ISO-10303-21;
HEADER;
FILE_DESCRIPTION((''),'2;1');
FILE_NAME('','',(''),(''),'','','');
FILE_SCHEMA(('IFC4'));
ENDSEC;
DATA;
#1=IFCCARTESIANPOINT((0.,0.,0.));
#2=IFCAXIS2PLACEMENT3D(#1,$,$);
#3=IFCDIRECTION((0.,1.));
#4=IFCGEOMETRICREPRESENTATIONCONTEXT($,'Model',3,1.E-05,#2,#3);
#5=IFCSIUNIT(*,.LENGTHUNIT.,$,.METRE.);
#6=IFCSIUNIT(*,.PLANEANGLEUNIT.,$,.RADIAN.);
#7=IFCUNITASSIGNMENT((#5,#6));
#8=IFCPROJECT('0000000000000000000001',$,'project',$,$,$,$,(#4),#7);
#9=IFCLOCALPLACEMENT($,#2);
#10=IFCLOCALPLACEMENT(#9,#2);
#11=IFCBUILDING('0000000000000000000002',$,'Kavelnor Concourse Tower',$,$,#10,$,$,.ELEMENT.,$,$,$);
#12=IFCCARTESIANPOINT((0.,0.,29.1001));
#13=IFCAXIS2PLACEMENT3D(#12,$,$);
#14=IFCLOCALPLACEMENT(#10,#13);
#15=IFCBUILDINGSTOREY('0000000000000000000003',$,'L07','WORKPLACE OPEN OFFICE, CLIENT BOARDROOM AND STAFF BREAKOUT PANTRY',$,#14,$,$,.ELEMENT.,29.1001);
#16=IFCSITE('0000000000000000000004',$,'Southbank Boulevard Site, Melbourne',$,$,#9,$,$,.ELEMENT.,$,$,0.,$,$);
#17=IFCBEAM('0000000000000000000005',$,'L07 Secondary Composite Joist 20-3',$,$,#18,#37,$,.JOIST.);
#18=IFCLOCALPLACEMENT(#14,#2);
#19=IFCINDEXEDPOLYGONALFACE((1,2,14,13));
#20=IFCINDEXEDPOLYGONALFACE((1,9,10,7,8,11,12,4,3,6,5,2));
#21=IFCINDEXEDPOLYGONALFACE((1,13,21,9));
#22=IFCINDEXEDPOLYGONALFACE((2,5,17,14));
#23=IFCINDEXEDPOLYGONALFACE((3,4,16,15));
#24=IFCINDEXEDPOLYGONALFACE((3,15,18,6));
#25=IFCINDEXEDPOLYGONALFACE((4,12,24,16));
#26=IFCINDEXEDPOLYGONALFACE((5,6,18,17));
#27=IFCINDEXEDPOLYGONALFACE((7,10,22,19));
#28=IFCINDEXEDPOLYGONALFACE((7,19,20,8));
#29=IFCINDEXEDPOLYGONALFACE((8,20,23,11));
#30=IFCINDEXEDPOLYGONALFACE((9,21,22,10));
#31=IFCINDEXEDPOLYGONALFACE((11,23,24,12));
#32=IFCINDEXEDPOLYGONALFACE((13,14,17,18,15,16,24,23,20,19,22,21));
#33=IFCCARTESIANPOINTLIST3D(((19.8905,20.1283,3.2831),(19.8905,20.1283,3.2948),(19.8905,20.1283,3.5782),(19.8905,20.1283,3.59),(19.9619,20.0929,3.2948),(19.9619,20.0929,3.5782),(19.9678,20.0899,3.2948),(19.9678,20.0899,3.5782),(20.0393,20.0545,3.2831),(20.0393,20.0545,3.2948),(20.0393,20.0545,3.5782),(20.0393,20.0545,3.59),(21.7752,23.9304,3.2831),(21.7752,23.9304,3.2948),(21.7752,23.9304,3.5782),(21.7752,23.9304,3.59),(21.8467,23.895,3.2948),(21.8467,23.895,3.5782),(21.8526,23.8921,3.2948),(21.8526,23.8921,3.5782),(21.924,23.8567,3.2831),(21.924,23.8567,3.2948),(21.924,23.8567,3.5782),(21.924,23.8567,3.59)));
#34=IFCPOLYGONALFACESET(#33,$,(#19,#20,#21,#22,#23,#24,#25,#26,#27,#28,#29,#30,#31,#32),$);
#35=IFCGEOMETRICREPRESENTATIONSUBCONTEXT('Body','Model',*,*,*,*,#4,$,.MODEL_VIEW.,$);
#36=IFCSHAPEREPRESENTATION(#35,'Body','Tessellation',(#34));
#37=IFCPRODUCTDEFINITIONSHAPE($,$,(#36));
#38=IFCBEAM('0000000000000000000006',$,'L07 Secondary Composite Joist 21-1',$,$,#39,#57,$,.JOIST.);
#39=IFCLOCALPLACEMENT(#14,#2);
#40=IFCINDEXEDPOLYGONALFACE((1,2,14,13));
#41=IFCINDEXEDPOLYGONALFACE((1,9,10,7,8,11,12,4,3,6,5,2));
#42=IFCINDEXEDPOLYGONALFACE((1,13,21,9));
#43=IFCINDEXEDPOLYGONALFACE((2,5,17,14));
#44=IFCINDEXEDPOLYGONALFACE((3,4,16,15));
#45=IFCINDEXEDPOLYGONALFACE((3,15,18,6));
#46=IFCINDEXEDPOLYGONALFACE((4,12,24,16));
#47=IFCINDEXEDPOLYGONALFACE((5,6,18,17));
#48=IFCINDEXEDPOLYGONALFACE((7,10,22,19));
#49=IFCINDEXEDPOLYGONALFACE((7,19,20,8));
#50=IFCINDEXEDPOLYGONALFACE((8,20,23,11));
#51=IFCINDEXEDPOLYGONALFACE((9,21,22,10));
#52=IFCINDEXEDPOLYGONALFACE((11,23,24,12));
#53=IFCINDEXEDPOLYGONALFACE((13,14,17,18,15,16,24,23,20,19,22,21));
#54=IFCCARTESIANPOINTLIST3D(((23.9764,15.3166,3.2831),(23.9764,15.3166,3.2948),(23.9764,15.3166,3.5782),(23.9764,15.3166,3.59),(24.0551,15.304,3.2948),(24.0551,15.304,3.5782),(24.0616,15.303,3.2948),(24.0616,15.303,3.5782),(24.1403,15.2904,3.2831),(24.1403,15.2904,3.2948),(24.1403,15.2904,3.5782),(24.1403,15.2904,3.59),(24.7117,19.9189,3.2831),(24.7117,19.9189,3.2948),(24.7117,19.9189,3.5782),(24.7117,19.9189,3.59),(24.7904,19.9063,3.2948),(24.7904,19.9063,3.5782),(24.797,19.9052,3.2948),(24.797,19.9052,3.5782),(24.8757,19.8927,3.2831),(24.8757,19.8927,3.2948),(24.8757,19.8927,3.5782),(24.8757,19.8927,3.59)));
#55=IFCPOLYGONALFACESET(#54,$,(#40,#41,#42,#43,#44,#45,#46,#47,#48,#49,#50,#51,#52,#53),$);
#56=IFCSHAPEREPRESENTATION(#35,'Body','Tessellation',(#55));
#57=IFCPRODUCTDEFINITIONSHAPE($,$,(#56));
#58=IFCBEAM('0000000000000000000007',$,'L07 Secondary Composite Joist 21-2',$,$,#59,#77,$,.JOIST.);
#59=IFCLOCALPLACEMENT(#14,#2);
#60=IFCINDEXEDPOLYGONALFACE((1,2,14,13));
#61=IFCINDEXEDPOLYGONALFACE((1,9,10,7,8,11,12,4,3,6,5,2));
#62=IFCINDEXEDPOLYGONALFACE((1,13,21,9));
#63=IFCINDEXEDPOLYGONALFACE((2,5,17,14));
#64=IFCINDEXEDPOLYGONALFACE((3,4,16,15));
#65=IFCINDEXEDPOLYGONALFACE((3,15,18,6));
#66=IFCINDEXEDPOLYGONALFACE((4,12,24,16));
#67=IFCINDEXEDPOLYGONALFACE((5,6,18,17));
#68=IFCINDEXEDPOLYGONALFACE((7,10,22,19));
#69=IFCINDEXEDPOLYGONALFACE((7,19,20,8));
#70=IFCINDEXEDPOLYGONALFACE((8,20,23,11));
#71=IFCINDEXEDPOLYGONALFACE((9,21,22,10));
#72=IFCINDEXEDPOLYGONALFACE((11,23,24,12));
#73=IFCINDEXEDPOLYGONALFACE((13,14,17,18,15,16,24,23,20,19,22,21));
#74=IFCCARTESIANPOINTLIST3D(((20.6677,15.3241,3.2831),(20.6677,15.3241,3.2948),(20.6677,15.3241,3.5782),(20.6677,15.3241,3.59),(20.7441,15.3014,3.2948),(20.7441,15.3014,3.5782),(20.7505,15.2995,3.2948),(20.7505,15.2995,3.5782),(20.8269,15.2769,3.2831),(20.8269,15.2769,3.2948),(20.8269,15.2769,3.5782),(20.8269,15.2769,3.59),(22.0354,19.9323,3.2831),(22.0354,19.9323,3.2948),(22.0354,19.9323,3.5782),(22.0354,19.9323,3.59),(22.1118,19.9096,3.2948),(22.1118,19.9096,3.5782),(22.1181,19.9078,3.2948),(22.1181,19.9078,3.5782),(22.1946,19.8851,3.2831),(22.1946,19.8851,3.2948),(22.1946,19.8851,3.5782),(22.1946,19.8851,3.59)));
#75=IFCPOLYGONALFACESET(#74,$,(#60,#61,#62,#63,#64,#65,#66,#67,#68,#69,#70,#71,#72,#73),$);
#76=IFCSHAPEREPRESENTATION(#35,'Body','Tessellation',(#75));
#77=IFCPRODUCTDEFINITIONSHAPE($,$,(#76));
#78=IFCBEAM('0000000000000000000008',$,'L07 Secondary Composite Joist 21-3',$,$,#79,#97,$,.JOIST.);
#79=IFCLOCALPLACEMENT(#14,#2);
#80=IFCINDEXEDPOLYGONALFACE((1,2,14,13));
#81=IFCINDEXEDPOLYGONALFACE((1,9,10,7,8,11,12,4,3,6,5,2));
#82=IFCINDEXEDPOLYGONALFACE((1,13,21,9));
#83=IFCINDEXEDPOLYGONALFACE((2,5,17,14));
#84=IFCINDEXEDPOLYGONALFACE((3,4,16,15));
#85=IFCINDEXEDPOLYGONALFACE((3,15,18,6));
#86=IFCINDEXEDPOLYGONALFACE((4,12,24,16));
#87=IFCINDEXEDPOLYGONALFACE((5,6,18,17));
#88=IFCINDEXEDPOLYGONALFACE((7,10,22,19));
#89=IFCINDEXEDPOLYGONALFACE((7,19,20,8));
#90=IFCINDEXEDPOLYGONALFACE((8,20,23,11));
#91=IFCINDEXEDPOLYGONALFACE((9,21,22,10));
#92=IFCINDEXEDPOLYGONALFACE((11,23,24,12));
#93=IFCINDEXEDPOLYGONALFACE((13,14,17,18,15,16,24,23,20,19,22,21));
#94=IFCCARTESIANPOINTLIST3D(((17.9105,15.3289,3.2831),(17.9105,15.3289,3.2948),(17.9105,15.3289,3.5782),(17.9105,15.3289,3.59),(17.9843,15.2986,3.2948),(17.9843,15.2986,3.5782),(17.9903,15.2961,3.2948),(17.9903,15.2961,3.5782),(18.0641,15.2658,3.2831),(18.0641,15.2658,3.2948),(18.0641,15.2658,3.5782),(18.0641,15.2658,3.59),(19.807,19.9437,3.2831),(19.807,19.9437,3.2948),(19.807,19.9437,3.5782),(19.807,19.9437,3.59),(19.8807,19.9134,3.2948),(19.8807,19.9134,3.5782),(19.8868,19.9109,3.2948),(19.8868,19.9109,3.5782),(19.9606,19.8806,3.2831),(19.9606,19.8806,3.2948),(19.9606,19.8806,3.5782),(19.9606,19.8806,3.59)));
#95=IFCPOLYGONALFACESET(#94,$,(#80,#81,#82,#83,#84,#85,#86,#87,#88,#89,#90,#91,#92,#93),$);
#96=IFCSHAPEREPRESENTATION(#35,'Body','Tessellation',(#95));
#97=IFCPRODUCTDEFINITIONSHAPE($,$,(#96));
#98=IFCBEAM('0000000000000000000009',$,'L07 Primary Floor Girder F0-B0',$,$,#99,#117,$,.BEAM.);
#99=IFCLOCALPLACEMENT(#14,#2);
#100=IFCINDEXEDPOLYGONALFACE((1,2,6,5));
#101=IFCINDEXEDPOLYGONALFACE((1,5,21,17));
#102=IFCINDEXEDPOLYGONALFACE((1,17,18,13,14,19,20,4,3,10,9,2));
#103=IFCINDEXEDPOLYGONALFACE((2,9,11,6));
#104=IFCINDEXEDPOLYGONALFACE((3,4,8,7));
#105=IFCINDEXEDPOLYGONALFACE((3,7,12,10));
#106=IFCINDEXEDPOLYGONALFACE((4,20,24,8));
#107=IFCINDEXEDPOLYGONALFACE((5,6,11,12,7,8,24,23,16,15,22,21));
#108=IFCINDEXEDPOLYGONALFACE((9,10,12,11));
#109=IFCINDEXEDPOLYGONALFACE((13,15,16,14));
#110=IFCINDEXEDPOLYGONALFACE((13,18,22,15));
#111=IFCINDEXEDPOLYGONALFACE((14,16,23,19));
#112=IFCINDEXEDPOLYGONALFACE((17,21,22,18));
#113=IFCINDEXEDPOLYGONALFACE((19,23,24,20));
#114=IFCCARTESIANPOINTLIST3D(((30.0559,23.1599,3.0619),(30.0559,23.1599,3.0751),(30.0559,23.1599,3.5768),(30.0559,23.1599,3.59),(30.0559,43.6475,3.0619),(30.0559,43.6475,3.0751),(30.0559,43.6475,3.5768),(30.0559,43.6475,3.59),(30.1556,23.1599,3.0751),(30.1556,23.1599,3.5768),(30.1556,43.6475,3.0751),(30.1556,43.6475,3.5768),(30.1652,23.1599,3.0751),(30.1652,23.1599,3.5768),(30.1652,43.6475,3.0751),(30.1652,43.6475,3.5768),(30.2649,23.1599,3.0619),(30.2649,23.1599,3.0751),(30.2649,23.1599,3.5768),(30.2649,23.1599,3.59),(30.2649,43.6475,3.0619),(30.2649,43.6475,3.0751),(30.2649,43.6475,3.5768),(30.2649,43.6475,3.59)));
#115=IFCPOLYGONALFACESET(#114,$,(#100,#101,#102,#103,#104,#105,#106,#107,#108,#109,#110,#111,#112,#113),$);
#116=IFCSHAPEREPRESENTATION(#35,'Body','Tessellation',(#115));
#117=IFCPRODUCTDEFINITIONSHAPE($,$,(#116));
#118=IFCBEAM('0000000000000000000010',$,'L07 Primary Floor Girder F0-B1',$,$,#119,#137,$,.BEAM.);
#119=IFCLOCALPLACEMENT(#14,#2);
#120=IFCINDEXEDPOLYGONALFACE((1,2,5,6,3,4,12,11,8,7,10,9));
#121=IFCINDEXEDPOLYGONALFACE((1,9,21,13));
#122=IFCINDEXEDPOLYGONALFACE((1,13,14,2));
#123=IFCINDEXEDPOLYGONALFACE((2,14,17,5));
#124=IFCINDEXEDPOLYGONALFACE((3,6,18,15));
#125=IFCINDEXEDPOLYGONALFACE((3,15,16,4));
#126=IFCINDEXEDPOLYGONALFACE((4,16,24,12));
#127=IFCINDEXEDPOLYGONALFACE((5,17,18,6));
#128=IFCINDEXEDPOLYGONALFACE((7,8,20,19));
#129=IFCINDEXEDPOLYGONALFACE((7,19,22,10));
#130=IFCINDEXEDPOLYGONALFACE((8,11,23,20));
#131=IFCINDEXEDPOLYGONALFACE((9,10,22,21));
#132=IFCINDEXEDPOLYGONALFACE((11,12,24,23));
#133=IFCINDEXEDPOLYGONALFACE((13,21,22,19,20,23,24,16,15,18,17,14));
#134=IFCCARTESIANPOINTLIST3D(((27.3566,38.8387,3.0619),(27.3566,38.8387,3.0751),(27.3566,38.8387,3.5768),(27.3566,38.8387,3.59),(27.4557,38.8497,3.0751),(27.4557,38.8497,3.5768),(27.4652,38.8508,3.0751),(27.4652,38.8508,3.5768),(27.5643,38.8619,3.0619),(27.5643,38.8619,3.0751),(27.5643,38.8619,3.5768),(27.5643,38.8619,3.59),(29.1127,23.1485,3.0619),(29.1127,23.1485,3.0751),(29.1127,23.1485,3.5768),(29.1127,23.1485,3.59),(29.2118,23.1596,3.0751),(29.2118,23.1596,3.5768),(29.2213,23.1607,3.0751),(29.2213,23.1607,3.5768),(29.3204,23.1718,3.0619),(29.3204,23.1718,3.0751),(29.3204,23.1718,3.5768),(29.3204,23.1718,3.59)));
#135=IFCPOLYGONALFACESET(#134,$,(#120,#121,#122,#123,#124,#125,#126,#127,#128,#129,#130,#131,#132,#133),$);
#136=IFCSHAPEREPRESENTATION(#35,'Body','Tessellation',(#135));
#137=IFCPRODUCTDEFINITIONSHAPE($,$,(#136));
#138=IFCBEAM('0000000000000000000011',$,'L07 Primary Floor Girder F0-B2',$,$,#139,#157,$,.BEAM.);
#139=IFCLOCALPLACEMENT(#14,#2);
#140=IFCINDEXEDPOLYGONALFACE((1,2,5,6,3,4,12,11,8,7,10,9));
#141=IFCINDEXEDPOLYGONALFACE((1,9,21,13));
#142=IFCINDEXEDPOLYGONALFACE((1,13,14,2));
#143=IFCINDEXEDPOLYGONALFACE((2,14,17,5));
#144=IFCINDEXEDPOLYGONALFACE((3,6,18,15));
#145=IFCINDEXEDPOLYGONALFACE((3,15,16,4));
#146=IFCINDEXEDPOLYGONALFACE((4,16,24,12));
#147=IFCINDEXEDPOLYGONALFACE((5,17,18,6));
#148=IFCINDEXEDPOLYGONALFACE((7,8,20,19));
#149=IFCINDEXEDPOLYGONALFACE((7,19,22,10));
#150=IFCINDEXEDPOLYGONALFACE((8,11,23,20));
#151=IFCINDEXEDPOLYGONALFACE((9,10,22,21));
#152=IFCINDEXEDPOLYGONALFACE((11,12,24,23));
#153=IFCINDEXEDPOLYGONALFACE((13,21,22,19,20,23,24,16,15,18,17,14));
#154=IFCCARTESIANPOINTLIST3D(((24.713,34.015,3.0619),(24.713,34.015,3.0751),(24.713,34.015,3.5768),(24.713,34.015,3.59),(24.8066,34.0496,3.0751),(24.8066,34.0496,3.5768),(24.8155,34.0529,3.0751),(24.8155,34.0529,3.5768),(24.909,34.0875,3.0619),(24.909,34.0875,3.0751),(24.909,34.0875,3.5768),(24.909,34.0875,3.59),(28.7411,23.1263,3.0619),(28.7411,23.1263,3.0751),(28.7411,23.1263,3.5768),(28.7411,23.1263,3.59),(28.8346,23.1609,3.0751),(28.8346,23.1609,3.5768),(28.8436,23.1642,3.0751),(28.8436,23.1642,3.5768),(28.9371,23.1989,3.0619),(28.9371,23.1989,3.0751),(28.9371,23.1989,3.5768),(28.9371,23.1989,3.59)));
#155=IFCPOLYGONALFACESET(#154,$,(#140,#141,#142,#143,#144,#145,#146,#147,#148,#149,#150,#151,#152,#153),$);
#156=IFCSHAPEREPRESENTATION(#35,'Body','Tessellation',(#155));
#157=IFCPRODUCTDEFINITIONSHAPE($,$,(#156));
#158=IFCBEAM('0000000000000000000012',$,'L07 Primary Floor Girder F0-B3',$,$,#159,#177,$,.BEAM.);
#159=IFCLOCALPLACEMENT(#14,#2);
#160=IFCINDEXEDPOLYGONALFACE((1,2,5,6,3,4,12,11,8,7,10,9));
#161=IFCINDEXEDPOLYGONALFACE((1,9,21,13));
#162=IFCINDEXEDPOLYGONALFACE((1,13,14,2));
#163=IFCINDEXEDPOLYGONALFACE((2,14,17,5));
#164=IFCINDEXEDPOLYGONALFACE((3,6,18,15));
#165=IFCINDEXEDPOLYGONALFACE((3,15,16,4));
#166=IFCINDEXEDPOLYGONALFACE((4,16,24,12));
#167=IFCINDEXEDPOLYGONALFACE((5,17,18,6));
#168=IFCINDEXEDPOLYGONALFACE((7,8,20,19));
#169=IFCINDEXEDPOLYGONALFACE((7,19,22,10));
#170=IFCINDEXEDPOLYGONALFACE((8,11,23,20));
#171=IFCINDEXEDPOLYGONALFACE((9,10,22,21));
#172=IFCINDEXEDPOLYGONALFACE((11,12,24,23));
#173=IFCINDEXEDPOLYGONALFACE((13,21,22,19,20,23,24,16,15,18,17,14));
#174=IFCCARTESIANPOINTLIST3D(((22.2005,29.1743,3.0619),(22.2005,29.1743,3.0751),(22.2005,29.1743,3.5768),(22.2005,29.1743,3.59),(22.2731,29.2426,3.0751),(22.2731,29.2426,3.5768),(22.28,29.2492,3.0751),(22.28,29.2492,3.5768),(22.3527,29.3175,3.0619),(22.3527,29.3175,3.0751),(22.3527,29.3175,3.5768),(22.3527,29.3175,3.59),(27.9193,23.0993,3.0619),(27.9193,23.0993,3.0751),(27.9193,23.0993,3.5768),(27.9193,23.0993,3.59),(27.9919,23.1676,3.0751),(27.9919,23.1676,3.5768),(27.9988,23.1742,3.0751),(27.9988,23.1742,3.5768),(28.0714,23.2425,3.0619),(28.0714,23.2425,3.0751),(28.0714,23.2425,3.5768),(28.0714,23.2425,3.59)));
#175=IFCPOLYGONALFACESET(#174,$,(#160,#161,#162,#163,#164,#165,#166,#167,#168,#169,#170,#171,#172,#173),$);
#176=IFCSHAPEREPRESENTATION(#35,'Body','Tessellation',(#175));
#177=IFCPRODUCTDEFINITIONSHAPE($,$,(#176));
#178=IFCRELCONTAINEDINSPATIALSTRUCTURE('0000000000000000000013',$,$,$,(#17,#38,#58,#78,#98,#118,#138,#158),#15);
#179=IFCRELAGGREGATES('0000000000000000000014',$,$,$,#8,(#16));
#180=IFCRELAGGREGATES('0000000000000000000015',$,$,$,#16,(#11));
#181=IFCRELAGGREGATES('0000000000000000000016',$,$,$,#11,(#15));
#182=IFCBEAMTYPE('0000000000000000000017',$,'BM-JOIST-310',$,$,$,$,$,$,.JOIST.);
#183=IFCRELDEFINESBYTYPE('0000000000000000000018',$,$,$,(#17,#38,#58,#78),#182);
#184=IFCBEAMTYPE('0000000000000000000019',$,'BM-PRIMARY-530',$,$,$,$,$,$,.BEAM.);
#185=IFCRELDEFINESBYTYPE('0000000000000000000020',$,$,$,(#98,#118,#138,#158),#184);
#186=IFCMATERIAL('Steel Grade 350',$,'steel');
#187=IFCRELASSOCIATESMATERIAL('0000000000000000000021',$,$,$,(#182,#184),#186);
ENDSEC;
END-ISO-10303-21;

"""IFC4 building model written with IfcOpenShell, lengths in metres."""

from ifc_helpers import new_model, si_unit, direction, frame, origin, origin_2d, place, context, subcontext, project, spatial, i_section, extrude, material, material_profile, profile_set, type_object, element, save


model = new_model("IFC4")

# Units and contexts
model_context = context("Model", 3, precision=1e-05, world=origin(), true_north=direction((0.0, 1.0)))
body_context = subcontext(model_context, "Body", "Model", "MODEL_VIEW")
ifc_project = project(units=[si_unit("LENGTHUNIT", "METRE"), si_unit("PLANEANGLEUNIT", "RADIAN")], contexts=[model_context])

# Site, building, storey
site_placement = place(None, origin())
site = spatial("IfcSite", under=ifc_project, at=site_placement, Name="Southbank Boulevard Site, Melbourne", CompositionType="ELEMENT", RefElevation=0.0)
building_placement = place(site_placement, origin())
building = spatial("IfcBuilding", under=site, at=building_placement, Name="Kavelnor Concourse Tower", CompositionType="ELEMENT")
storey_placement = place(building_placement, frame((0.0, 0.0, 29.1001)))
storey = spatial("IfcBuildingStorey", under=building, at=storey_placement, Name="L07", Description="WORKPLACE OPEN OFFICE, CLIENT BOARDROOM AND STAFF BREAKOUT PANTRY", CompositionType="ELEMENT", Elevation=29.1001)

# Shared definitions
ifc_material_1 = material(Name="Steel Grade 350", Category="steel")

# Beams
ifc_material_profile_1 = material_profile(ifc_material_1, i_section(OverallWidth=0.166, OverallDepth=0.3069, WebThickness=0.0066, FlangeThickness=0.0117, at=origin_2d()), Name="310UB46")
ifc_profile_set_1 = profile_set([ifc_material_profile_1], Name="Steel Grade 350")
beam_type_1 = type_object("IfcBeamType", Name="BM-JOIST-310", PredefinedType="JOIST", material=ifc_profile_set_1)
beam_1_placement = place(storey_placement, frame((21.8496, 23.8936, 3.4365), z_axis=(-0.444127, -0.895964, 0.0), x_axis=(0.895964, -0.444127, 0.0)))
element("IfcBeam", 1, at=beam_1_placement, inside=storey, type_object=beam_type_1, Name="L07 Secondary Composite Joist 20-3", PredefinedType="JOIST", context=body_context, shape_type="SweptSolid", body=[
    extrude(i_section(OverallWidth=0.166, OverallDepth=0.3069, WebThickness=0.0066, FlangeThickness=0.0117, at=origin_2d()), origin(), (0.0, 0.0, 1.0), 4.2437),
])
beam_2_placement = place(storey_placement, frame((24.7937, 19.9058, 3.4365), z_axis=(-0.157778, -0.987475, 0.0), x_axis=(0.987475, -0.157778, 0.0)))
element("IfcBeam", 2, at=beam_2_placement, inside=storey, type_object=beam_type_1, Name="L07 Secondary Composite Joist 21-1", PredefinedType="JOIST", context=body_context, shape_type="SweptSolid", body=[
    extrude(i_section(OverallWidth=0.166, OverallDepth=0.3069, WebThickness=0.0066, FlangeThickness=0.0117, at=origin_2d()), origin(), (0.0, 0.0, 1.0), 4.6606),
])
beam_3_placement = place(storey_placement, frame((22.115, 19.9087, 3.4365), z_axis=(-0.284528, -0.958668, 0.0), x_axis=(0.958668, -0.284528, 0.0)))
element("IfcBeam", 3, at=beam_3_placement, inside=storey, type_object=beam_type_1, Name="L07 Secondary Composite Joist 21-2", PredefinedType="JOIST", context=body_context, shape_type="SweptSolid", body=[
    extrude(i_section(OverallWidth=0.166, OverallDepth=0.3069, WebThickness=0.0066, FlangeThickness=0.0117, at=origin_2d()), origin(), (0.0, 0.0, 1.0), 4.8069),
])
beam_4_placement = place(storey_placement, frame((19.8838, 19.9121, 3.4365), z_axis=(-0.380115, -0.924939, 0.0), x_axis=(0.924939, -0.380115, 0.0)))
element("IfcBeam", 4, at=beam_4_placement, inside=storey, type_object=beam_type_1, Name="L07 Secondary Composite Joist 21-3", PredefinedType="JOIST", context=body_context, shape_type="SweptSolid", body=[
    extrude(i_section(OverallWidth=0.166, OverallDepth=0.3069, WebThickness=0.0066, FlangeThickness=0.0117, at=origin_2d()), origin(), (0.0, 0.0, 1.0), 4.9893),
])
ifc_material_profile_2 = material_profile(ifc_material_1, i_section(OverallWidth=0.209, OverallDepth=0.5281, WebThickness=0.0095, FlangeThickness=0.0132, at=origin_2d()), Name="530UB82")
ifc_profile_set_2 = profile_set([ifc_material_profile_2], Name="Steel Grade 350")
beam_type_2 = type_object("IfcBeamType", Name="BM-PRIMARY-530", PredefinedType="BEAM", material=ifc_profile_set_2)
beam_5_placement = place(storey_placement, frame((30.1604, 23.1599, 3.3259), z_axis=(0.0, 1.0, 0.0), x_axis=(-1.0, 0.0, 0.0)))
element("IfcBeam", 5, at=beam_5_placement, inside=storey, type_object=beam_type_2, Name="L07 Primary Floor Girder F0-B0", PredefinedType="BEAM", context=body_context, shape_type="SweptSolid", body=[
    extrude(i_section(OverallWidth=0.209, OverallDepth=0.5281, WebThickness=0.0095, FlangeThickness=0.0132, at=origin_2d()), origin(), (0.0, 0.0, 1.0), 20.4875),
])
beam_6_placement = place(storey_placement, frame((29.2166, 23.1602, 3.3259), z_axis=(-0.111229, 0.993795, 0.0), x_axis=(-0.993795, -0.111229, 0.0)))
element("IfcBeam", 6, at=beam_6_placement, inside=storey, type_object=beam_type_2, Name="L07 Primary Floor Girder F0-B1", PredefinedType="BEAM", context=body_context, shape_type="SweptSolid", body=[
    extrude(i_section(OverallWidth=0.209, OverallDepth=0.5281, WebThickness=0.0095, FlangeThickness=0.0132, at=origin_2d()), origin(), (0.0, 0.0, 1.0), 15.7881),
])
beam_7_placement = place(storey_placement, frame((28.8391, 23.1626, 3.3259), z_axis=(-0.346953, 0.937882, 0.0), x_axis=(-0.937882, -0.346953, 0.0)))
element("IfcBeam", 7, at=beam_7_placement, inside=storey, type_object=beam_type_2, Name="L07 Primary Floor Girder F0-B2", PredefinedType="BEAM", context=body_context, shape_type="SweptSolid", body=[
    extrude(i_section(OverallWidth=0.209, OverallDepth=0.5281, WebThickness=0.0095, FlangeThickness=0.0132, at=origin_2d()), origin(), (0.0, 0.0, 1.0), 11.6099),
])
beam_8_placement = place(storey_placement, frame((27.9954, 23.1709, 3.3259), z_axis=(-0.685438, 0.728131, 0.0), x_axis=(-0.728131, -0.685438, 0.0)))
element("IfcBeam", 8, at=beam_8_placement, inside=storey, type_object=beam_type_2, Name="L07 Primary Floor Girder F0-B3", PredefinedType="BEAM", context=body_context, shape_type="SweptSolid", body=[
    extrude(i_section(OverallWidth=0.209, OverallDepth=0.5281, WebThickness=0.0095, FlangeThickness=0.0132, at=origin_2d()), origin(), (0.0, 0.0, 1.0), 8.3433),
])

save(model, "model.ifc")
